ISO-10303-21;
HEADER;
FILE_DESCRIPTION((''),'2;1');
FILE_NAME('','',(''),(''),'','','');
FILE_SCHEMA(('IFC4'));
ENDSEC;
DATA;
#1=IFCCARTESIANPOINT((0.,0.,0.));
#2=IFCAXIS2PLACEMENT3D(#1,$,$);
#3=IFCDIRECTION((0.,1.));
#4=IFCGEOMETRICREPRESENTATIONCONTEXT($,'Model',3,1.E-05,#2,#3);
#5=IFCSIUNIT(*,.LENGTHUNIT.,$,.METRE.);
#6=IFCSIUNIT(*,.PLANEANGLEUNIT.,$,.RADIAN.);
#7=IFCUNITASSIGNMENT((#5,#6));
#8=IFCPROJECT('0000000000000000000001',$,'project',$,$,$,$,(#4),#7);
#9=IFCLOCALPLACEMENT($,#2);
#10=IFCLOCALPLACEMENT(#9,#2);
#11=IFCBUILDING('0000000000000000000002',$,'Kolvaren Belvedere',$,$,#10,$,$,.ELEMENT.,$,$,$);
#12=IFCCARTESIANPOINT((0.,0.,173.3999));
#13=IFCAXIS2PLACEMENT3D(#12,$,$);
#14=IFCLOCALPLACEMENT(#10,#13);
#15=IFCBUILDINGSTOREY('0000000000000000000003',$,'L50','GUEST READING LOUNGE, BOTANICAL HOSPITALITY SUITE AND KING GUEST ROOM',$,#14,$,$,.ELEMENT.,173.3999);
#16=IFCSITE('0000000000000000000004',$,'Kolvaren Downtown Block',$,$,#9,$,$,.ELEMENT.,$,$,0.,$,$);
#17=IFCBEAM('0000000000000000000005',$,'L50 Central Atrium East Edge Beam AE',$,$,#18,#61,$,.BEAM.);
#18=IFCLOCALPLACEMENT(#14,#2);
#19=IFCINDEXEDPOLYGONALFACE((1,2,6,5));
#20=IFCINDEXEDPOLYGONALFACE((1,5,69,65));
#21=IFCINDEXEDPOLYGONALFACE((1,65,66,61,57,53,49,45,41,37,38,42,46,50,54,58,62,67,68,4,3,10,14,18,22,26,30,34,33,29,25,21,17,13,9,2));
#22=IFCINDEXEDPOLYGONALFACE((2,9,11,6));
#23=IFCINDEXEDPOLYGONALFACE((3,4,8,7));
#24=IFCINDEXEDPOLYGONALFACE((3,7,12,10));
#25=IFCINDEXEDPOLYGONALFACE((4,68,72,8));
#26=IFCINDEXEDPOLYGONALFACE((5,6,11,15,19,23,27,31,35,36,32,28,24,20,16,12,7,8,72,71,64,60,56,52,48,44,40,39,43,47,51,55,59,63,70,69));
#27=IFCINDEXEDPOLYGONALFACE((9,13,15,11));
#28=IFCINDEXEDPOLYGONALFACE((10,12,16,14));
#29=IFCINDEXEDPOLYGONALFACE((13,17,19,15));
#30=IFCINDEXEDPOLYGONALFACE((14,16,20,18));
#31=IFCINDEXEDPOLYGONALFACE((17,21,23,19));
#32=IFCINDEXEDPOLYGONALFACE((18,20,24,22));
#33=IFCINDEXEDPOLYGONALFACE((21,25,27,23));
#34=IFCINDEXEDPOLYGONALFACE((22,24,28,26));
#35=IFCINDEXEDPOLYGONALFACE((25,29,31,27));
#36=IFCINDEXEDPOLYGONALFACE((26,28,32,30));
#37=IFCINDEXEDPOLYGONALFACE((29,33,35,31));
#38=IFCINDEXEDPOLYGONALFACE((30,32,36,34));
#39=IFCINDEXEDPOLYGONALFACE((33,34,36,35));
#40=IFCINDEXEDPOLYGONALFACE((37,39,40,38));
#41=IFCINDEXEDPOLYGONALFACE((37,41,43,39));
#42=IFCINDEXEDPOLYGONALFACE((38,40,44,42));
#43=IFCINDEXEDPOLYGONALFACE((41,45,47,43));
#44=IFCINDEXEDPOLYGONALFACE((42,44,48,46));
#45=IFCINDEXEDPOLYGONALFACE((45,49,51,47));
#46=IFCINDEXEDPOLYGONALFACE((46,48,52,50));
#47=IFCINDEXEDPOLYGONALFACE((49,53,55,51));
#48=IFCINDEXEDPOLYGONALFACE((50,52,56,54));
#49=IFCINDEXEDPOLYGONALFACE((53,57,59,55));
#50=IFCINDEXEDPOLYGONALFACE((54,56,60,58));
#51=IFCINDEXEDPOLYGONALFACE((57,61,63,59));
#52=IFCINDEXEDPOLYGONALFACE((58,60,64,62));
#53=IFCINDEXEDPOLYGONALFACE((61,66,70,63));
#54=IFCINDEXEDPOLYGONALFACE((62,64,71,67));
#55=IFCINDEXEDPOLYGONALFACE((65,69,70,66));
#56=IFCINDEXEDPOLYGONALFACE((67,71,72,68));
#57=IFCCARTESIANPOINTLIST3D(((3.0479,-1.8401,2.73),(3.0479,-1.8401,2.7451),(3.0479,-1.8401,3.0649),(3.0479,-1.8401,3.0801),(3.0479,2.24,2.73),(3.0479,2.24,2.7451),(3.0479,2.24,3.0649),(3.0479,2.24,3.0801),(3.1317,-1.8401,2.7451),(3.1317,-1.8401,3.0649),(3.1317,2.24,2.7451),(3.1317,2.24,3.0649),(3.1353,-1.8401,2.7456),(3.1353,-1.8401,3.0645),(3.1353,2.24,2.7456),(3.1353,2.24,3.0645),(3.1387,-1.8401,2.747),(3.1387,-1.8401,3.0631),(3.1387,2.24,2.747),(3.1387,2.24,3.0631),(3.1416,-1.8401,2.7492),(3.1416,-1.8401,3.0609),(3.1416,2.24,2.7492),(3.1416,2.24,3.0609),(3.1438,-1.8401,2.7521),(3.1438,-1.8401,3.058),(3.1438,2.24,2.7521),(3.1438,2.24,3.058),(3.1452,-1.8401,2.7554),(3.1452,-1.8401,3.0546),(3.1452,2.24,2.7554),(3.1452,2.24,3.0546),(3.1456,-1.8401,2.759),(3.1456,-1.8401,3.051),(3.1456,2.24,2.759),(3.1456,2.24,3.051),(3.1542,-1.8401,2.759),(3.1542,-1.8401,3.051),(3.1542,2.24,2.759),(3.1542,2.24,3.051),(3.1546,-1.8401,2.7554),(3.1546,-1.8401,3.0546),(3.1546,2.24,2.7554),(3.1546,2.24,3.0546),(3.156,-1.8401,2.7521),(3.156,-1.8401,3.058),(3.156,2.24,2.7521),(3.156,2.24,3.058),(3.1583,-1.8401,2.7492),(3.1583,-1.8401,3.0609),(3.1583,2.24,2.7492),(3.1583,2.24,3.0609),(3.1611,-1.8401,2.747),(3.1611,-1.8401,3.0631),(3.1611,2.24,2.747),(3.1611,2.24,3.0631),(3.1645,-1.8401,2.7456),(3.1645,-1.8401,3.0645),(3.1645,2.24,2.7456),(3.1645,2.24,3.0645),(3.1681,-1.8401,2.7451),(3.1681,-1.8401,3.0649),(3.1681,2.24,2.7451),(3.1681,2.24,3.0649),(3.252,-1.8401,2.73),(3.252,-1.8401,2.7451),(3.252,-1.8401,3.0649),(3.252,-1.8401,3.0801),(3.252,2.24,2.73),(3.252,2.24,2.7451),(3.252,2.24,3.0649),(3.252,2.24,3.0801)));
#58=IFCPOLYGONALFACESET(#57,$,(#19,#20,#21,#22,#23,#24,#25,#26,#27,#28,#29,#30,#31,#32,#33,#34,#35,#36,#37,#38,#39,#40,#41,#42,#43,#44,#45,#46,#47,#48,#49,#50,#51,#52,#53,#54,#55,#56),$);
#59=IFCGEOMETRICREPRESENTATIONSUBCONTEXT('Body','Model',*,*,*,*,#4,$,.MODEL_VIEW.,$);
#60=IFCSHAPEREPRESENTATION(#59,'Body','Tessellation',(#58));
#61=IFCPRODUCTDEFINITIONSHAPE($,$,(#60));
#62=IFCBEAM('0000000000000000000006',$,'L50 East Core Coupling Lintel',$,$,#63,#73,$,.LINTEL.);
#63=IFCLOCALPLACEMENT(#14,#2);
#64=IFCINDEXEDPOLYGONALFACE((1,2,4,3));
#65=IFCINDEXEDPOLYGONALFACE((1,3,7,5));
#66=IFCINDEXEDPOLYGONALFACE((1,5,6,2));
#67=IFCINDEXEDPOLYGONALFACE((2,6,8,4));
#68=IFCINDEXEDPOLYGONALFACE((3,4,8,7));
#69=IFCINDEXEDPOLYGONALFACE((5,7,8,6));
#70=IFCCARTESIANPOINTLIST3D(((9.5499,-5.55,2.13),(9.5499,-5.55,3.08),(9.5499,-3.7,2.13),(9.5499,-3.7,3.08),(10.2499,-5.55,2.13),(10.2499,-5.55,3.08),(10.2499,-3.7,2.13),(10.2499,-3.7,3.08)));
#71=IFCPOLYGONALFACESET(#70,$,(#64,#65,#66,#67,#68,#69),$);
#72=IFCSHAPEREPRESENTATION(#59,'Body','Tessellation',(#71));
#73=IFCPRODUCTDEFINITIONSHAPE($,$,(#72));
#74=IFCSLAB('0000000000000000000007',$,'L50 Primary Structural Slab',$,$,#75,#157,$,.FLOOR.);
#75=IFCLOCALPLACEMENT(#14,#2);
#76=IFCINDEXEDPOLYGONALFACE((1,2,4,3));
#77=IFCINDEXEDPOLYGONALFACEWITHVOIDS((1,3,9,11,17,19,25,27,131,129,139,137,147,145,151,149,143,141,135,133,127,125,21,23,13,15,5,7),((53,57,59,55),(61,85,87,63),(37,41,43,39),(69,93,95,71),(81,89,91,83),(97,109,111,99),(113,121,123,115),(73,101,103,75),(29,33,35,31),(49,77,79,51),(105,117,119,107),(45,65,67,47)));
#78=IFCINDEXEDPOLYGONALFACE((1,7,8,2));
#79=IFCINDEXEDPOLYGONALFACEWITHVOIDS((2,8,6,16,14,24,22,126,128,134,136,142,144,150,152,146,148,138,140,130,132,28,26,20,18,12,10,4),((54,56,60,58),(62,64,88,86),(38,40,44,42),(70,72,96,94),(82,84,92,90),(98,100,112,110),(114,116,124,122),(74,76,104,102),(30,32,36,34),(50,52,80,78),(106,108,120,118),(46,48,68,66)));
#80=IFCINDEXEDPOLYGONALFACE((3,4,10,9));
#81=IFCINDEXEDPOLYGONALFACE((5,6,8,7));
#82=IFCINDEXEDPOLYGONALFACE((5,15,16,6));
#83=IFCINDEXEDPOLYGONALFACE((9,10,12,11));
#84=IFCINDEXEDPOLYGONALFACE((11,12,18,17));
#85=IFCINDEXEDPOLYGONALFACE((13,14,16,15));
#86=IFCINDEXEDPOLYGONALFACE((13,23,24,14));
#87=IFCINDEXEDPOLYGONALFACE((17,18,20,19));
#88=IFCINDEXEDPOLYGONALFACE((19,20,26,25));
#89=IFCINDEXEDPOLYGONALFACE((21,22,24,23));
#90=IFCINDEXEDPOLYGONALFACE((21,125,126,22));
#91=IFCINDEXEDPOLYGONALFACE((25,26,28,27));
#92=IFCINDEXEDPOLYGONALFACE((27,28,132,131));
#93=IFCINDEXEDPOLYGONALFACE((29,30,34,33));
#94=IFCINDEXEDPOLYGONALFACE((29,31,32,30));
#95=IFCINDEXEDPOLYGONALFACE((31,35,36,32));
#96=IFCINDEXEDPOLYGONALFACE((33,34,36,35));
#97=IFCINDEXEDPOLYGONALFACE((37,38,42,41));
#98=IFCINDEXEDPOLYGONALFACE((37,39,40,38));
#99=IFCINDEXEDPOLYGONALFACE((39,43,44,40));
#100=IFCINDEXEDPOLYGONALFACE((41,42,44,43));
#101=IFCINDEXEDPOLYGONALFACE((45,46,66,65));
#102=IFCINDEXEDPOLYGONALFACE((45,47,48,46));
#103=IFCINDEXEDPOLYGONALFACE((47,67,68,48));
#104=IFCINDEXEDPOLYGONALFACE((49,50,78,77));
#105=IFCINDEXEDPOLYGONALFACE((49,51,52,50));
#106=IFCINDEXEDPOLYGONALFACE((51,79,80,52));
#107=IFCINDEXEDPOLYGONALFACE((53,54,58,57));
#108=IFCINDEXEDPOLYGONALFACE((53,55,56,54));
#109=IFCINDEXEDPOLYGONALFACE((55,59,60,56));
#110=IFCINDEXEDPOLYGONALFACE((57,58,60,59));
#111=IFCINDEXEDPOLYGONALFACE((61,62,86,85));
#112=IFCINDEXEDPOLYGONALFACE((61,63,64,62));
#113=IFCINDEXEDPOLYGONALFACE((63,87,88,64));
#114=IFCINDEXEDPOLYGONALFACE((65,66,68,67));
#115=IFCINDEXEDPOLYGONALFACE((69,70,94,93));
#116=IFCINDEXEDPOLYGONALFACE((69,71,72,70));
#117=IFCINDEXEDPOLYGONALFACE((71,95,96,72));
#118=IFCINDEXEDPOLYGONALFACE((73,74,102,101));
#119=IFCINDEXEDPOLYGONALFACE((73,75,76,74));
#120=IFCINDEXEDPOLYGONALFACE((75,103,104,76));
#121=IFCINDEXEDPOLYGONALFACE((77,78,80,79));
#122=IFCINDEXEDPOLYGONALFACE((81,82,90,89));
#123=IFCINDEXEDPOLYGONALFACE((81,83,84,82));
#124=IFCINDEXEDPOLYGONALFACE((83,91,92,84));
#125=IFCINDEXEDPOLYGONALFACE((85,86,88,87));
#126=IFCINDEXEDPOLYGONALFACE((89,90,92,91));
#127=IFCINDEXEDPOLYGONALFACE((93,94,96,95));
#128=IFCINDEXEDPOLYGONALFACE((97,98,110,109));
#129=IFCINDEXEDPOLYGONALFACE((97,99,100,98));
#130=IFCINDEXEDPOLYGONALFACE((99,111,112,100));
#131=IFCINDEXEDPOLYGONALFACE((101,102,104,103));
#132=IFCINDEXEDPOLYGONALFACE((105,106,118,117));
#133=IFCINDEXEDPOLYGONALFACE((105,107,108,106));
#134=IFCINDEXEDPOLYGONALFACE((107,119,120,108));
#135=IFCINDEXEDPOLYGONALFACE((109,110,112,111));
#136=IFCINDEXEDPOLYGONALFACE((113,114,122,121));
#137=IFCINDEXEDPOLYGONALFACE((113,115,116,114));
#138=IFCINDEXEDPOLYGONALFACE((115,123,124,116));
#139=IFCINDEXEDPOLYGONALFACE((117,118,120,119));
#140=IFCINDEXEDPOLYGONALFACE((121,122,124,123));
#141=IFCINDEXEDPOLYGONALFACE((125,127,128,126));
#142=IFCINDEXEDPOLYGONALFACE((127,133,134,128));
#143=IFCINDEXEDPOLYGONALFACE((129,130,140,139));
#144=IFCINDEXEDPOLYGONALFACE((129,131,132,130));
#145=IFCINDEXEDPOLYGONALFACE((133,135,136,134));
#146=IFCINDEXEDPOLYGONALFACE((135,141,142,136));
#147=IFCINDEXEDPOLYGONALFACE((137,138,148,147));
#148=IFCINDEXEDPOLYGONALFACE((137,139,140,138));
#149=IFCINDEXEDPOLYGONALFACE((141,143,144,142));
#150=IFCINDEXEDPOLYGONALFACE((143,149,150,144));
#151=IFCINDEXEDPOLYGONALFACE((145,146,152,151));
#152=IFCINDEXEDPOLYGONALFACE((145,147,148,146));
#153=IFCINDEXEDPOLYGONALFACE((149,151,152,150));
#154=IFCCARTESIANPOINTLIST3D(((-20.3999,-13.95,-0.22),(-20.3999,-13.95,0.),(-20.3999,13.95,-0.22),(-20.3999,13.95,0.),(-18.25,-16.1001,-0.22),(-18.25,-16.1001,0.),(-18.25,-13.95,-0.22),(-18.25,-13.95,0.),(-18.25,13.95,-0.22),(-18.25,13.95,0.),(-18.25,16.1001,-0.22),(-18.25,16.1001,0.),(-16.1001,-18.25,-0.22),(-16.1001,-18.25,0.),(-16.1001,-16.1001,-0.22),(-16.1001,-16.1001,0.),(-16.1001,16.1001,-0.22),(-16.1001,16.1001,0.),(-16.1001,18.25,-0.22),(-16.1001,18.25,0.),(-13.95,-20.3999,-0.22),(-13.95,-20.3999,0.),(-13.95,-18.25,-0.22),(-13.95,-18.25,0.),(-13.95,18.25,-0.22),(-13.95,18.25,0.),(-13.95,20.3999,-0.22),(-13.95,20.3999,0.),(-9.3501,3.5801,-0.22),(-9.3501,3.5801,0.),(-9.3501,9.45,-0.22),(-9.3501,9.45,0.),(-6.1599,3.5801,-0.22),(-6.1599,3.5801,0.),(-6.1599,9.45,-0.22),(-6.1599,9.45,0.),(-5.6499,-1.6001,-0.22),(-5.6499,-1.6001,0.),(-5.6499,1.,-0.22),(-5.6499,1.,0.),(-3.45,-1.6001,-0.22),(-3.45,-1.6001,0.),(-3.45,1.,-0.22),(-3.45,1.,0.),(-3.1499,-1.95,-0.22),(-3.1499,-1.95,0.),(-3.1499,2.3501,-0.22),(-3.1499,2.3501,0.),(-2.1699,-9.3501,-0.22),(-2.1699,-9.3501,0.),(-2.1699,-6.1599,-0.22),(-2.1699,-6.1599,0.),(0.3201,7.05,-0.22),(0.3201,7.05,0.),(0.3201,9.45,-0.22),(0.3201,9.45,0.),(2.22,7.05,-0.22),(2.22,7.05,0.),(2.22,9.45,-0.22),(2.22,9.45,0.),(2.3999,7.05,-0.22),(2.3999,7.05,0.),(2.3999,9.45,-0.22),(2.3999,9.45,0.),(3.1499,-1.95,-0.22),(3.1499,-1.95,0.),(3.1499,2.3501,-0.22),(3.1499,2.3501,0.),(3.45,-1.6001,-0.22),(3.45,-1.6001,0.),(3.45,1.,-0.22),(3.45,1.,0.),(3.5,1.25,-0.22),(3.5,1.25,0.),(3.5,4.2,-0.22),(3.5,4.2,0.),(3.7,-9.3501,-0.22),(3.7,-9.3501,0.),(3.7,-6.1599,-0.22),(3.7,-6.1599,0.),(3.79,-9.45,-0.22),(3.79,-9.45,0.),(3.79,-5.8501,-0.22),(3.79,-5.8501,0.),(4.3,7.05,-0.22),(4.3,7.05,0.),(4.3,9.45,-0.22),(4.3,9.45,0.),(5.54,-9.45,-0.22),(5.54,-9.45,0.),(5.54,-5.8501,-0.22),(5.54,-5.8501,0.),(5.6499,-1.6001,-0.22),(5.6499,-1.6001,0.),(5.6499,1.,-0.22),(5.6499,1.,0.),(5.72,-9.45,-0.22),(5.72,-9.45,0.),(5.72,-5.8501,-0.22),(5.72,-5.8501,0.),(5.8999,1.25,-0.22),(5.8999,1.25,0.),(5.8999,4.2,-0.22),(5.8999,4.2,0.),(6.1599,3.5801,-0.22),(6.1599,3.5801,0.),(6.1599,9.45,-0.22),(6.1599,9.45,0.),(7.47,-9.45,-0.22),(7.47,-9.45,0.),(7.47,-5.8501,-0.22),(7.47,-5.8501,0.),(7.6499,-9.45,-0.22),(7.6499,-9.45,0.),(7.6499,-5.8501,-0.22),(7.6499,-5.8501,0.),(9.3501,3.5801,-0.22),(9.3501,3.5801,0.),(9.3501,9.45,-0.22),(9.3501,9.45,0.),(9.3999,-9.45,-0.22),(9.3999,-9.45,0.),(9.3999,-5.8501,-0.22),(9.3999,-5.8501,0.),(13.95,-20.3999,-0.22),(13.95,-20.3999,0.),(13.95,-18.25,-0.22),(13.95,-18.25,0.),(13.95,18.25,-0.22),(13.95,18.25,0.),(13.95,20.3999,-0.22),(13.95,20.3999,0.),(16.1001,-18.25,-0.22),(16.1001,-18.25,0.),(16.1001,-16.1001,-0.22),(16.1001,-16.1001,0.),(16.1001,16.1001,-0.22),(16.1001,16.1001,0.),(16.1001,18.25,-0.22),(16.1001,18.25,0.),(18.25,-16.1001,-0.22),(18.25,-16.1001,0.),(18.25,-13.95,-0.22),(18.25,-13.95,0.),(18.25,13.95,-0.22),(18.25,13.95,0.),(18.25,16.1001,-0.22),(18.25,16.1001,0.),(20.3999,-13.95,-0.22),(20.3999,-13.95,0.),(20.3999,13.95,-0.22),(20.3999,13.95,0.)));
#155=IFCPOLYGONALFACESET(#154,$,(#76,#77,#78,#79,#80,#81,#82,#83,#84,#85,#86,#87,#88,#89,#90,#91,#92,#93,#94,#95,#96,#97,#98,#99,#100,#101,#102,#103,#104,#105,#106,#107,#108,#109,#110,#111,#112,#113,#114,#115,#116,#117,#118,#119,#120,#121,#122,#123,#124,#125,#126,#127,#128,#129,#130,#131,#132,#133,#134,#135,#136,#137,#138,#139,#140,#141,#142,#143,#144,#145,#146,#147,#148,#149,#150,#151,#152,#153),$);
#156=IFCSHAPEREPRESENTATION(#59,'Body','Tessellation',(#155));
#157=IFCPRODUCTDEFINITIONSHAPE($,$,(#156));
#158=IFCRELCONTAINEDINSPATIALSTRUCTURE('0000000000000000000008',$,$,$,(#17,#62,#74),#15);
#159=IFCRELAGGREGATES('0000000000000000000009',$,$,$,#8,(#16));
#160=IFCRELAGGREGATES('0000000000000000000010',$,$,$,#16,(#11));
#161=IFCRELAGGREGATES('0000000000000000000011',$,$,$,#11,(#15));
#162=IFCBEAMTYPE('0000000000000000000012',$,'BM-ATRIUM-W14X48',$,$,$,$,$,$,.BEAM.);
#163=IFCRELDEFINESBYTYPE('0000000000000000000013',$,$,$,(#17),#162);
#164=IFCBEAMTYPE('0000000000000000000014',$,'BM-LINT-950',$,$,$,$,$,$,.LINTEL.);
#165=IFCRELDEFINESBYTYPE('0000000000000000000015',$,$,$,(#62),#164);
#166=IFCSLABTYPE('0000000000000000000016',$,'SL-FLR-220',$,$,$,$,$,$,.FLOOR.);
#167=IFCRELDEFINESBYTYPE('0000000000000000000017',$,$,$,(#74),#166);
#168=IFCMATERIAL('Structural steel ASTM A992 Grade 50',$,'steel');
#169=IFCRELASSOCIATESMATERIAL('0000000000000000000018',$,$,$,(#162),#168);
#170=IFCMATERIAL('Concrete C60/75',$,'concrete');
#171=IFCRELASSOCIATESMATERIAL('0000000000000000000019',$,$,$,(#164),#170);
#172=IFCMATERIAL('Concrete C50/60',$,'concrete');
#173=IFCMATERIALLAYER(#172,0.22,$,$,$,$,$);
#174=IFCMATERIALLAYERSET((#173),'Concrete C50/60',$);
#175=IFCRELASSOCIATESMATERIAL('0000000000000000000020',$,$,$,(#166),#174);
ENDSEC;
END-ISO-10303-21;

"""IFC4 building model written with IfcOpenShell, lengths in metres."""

from ifc_helpers import new_model, si_unit, direction, frame, origin, origin_2d, place, context, subcontext, project, spatial, polyline, rectangle, i_section, outline, extrude, material, layer, layer_set, material_profile, profile_set, type_object, element, save


model = new_model("IFC4")

# Units and contexts
model_context = context("Model", 3, precision=1e-05, world=origin(), true_north=direction((0.0, 1.0)))
body_context = subcontext(model_context, "Body", "Model", "MODEL_VIEW")
ifc_project = project(units=[si_unit("LENGTHUNIT", "METRE"), si_unit("PLANEANGLEUNIT", "RADIAN")], contexts=[model_context])

# Site, building, storey
site_placement = place(None, origin())
site = spatial("IfcSite", under=ifc_project, at=site_placement, Name="Kolvaren Downtown Block", CompositionType="ELEMENT", RefElevation=0.0)
building_placement = place(site_placement, origin())
building = spatial("IfcBuilding", under=site, at=building_placement, Name="Kolvaren Belvedere", CompositionType="ELEMENT")
storey_placement = place(building_placement, frame((0.0, 0.0, 173.3999)))
storey = spatial("IfcBuildingStorey", under=building, at=storey_placement, Name="L50", Description="GUEST READING LOUNGE, BOTANICAL HOSPITALITY SUITE AND KING GUEST ROOM", CompositionType="ELEMENT", Elevation=173.3999)

# Beams
ifc_material_1 = material(Name="Structural steel ASTM A992 Grade 50", Category="steel")
ifc_material_profile_1 = material_profile(ifc_material_1, i_section(OverallWidth=0.2041, OverallDepth=0.3501, WebThickness=0.0085, FlangeThickness=0.0151, FilletRadius=0.0139, at=origin_2d()), Name="W14X48")
ifc_profile_set_1 = profile_set([ifc_material_profile_1], Name="Structural steel ASTM A992 Grade 50")
beam_type_1 = type_object("IfcBeamType", Name="BM-ATRIUM-W14X48", PredefinedType="BEAM", material=ifc_profile_set_1)
beam_1_placement = place(storey_placement, frame((3.1499, -1.8401, 2.905), z_axis=(0.0, 1.0, 0.0), x_axis=(-1.0, 0.0, 0.0)))
element("IfcBeam", 1, at=beam_1_placement, inside=storey, type_object=beam_type_1, Name="L50 Central Atrium East Edge Beam AE", PredefinedType="BEAM", context=body_context, shape_type="SweptSolid", body=[
    extrude(i_section(OverallWidth=0.2041, OverallDepth=0.3501, WebThickness=0.0085, FlangeThickness=0.0151, FilletRadius=0.0139, at=origin_2d()), origin(), (0.0, 0.0, 1.0), 4.0801),
])
ifc_material_2 = material(Name="Concrete C60/75", Category="concrete")
ifc_material_profile_2 = material_profile(ifc_material_2, rectangle(XDim=0.7, YDim=0.95, at=origin_2d()), Name="RC 700X950")
ifc_profile_set_2 = profile_set([ifc_material_profile_2], Name="Concrete C60/75")
beam_type_2 = type_object("IfcBeamType", Name="BM-LINT-950", PredefinedType="LINTEL", material=ifc_profile_set_2)
beam_2_placement = place(storey_placement, frame((9.8999, -5.55, 2.605), z_axis=(0.0, 1.0, 0.0), x_axis=(-1.0, 0.0, 0.0)))
element("IfcBeam", 2, at=beam_2_placement, inside=storey, type_object=beam_type_2, Name="L50 East Core Coupling Lintel", PredefinedType="LINTEL", context=body_context, shape_type="SweptSolid", body=[
    extrude(rectangle(XDim=0.7, YDim=0.95, at=origin_2d()), origin(), (0.0, 0.0, 1.0), 1.8501),
])

# Slab
ifc_material_3 = material(Name="Concrete C50/60", Category="concrete")
ifc_layer_1 = layer(ifc_material_3, 0.22)
ifc_layer_set_1 = layer_set([ifc_layer_1], Name="Concrete C50/60")
slab_type = type_object("IfcSlabType", Name="SL-FLR-220", PredefinedType="FLOOR", material=ifc_layer_set_1)
slab_placement = place(storey_placement, frame((0.0, 0.0, -0.22)))
element("IfcSlab", 3, at=slab_placement, inside=storey, type_object=slab_type, Name="L50 Primary Structural Slab", PredefinedType="FLOOR", context=body_context, shape_type="SweptSolid", body=[
    extrude(outline(polyline([(-13.95, -20.3999), (13.95, -20.3999), (13.95, -18.25), (16.1001, -18.25), (16.1001, -16.1001), (18.25, -16.1001), (18.25, -13.95), (20.3999, -13.95), (20.3999, 13.95), (18.25, 13.95), (18.25, 16.1001), (16.1001, 16.1001), (16.1001, 18.25), (13.95, 18.25), (13.95, 20.3999), (-13.95, 20.3999), (-13.95, 18.25), (-16.1001, 18.25), (-16.1001, 16.1001), (-18.25, 16.1001), (-18.25, 13.95), (-20.3999, 13.95), (-20.3999, -13.95), (-18.25, -13.95), (-18.25, -16.1001), (-16.1001, -16.1001), (-16.1001, -18.25), (-13.95, -18.25), (-13.95, -20.3999)]), holes=[polyline([(-9.3501, 3.5801), (-6.1599, 3.5801), (-6.1599, 9.45), (-9.3501, 9.45), (-9.3501, 3.5801)]), polyline([(6.1599, 3.5801), (9.3501, 3.5801), (9.3501, 9.45), (6.1599, 9.45), (6.1599, 3.5801)]), polyline([(-2.1699, -9.3501), (3.7, -9.3501), (3.7, -6.1599), (-2.1699, -6.1599), (-2.1699, -9.3501)]), polyline([(-5.6499, -1.6001), (-3.45, -1.6001), (-3.45, 1.0), (-5.6499, 1.0), (-5.6499, -1.6001)]), polyline([(3.5, 1.25), (5.8999, 1.25), (5.8999, 4.2), (3.5, 4.2), (3.5, 1.25)]), polyline([(3.45, -1.6001), (5.6499, -1.6001), (5.6499, 1.0), (3.45, 1.0), (3.45, -1.6001)]), polyline([(3.79, -9.45), (5.54, -9.45), (5.54, -5.8501), (3.79, -5.8501), (3.79, -9.45)]), polyline([(5.72, -9.45), (7.47, -9.45), (7.47, -5.8501), (5.72, -5.8501), (5.72, -9.45)]), polyline([(7.6499, -9.45), (9.3999, -9.45), (9.3999, -5.8501), (7.6499, -5.8501), (7.6499, -9.45)]), polyline([(0.3201, 7.05), (2.22, 7.05), (2.22, 9.45), (0.3201, 9.45), (0.3201, 7.05)]), polyline([(2.3999, 7.05), (4.3, 7.05), (4.3, 9.45), (2.3999, 9.45), (2.3999, 7.05)]), polyline([(-3.1499, -1.95), (3.1499, -1.95), (3.1499, 2.3501), (-3.1499, 2.3501), (-3.1499, -1.95)])]), origin(), (0.0, 0.0, 1.0), 0.22),
])

save(model, "model.ifc")
